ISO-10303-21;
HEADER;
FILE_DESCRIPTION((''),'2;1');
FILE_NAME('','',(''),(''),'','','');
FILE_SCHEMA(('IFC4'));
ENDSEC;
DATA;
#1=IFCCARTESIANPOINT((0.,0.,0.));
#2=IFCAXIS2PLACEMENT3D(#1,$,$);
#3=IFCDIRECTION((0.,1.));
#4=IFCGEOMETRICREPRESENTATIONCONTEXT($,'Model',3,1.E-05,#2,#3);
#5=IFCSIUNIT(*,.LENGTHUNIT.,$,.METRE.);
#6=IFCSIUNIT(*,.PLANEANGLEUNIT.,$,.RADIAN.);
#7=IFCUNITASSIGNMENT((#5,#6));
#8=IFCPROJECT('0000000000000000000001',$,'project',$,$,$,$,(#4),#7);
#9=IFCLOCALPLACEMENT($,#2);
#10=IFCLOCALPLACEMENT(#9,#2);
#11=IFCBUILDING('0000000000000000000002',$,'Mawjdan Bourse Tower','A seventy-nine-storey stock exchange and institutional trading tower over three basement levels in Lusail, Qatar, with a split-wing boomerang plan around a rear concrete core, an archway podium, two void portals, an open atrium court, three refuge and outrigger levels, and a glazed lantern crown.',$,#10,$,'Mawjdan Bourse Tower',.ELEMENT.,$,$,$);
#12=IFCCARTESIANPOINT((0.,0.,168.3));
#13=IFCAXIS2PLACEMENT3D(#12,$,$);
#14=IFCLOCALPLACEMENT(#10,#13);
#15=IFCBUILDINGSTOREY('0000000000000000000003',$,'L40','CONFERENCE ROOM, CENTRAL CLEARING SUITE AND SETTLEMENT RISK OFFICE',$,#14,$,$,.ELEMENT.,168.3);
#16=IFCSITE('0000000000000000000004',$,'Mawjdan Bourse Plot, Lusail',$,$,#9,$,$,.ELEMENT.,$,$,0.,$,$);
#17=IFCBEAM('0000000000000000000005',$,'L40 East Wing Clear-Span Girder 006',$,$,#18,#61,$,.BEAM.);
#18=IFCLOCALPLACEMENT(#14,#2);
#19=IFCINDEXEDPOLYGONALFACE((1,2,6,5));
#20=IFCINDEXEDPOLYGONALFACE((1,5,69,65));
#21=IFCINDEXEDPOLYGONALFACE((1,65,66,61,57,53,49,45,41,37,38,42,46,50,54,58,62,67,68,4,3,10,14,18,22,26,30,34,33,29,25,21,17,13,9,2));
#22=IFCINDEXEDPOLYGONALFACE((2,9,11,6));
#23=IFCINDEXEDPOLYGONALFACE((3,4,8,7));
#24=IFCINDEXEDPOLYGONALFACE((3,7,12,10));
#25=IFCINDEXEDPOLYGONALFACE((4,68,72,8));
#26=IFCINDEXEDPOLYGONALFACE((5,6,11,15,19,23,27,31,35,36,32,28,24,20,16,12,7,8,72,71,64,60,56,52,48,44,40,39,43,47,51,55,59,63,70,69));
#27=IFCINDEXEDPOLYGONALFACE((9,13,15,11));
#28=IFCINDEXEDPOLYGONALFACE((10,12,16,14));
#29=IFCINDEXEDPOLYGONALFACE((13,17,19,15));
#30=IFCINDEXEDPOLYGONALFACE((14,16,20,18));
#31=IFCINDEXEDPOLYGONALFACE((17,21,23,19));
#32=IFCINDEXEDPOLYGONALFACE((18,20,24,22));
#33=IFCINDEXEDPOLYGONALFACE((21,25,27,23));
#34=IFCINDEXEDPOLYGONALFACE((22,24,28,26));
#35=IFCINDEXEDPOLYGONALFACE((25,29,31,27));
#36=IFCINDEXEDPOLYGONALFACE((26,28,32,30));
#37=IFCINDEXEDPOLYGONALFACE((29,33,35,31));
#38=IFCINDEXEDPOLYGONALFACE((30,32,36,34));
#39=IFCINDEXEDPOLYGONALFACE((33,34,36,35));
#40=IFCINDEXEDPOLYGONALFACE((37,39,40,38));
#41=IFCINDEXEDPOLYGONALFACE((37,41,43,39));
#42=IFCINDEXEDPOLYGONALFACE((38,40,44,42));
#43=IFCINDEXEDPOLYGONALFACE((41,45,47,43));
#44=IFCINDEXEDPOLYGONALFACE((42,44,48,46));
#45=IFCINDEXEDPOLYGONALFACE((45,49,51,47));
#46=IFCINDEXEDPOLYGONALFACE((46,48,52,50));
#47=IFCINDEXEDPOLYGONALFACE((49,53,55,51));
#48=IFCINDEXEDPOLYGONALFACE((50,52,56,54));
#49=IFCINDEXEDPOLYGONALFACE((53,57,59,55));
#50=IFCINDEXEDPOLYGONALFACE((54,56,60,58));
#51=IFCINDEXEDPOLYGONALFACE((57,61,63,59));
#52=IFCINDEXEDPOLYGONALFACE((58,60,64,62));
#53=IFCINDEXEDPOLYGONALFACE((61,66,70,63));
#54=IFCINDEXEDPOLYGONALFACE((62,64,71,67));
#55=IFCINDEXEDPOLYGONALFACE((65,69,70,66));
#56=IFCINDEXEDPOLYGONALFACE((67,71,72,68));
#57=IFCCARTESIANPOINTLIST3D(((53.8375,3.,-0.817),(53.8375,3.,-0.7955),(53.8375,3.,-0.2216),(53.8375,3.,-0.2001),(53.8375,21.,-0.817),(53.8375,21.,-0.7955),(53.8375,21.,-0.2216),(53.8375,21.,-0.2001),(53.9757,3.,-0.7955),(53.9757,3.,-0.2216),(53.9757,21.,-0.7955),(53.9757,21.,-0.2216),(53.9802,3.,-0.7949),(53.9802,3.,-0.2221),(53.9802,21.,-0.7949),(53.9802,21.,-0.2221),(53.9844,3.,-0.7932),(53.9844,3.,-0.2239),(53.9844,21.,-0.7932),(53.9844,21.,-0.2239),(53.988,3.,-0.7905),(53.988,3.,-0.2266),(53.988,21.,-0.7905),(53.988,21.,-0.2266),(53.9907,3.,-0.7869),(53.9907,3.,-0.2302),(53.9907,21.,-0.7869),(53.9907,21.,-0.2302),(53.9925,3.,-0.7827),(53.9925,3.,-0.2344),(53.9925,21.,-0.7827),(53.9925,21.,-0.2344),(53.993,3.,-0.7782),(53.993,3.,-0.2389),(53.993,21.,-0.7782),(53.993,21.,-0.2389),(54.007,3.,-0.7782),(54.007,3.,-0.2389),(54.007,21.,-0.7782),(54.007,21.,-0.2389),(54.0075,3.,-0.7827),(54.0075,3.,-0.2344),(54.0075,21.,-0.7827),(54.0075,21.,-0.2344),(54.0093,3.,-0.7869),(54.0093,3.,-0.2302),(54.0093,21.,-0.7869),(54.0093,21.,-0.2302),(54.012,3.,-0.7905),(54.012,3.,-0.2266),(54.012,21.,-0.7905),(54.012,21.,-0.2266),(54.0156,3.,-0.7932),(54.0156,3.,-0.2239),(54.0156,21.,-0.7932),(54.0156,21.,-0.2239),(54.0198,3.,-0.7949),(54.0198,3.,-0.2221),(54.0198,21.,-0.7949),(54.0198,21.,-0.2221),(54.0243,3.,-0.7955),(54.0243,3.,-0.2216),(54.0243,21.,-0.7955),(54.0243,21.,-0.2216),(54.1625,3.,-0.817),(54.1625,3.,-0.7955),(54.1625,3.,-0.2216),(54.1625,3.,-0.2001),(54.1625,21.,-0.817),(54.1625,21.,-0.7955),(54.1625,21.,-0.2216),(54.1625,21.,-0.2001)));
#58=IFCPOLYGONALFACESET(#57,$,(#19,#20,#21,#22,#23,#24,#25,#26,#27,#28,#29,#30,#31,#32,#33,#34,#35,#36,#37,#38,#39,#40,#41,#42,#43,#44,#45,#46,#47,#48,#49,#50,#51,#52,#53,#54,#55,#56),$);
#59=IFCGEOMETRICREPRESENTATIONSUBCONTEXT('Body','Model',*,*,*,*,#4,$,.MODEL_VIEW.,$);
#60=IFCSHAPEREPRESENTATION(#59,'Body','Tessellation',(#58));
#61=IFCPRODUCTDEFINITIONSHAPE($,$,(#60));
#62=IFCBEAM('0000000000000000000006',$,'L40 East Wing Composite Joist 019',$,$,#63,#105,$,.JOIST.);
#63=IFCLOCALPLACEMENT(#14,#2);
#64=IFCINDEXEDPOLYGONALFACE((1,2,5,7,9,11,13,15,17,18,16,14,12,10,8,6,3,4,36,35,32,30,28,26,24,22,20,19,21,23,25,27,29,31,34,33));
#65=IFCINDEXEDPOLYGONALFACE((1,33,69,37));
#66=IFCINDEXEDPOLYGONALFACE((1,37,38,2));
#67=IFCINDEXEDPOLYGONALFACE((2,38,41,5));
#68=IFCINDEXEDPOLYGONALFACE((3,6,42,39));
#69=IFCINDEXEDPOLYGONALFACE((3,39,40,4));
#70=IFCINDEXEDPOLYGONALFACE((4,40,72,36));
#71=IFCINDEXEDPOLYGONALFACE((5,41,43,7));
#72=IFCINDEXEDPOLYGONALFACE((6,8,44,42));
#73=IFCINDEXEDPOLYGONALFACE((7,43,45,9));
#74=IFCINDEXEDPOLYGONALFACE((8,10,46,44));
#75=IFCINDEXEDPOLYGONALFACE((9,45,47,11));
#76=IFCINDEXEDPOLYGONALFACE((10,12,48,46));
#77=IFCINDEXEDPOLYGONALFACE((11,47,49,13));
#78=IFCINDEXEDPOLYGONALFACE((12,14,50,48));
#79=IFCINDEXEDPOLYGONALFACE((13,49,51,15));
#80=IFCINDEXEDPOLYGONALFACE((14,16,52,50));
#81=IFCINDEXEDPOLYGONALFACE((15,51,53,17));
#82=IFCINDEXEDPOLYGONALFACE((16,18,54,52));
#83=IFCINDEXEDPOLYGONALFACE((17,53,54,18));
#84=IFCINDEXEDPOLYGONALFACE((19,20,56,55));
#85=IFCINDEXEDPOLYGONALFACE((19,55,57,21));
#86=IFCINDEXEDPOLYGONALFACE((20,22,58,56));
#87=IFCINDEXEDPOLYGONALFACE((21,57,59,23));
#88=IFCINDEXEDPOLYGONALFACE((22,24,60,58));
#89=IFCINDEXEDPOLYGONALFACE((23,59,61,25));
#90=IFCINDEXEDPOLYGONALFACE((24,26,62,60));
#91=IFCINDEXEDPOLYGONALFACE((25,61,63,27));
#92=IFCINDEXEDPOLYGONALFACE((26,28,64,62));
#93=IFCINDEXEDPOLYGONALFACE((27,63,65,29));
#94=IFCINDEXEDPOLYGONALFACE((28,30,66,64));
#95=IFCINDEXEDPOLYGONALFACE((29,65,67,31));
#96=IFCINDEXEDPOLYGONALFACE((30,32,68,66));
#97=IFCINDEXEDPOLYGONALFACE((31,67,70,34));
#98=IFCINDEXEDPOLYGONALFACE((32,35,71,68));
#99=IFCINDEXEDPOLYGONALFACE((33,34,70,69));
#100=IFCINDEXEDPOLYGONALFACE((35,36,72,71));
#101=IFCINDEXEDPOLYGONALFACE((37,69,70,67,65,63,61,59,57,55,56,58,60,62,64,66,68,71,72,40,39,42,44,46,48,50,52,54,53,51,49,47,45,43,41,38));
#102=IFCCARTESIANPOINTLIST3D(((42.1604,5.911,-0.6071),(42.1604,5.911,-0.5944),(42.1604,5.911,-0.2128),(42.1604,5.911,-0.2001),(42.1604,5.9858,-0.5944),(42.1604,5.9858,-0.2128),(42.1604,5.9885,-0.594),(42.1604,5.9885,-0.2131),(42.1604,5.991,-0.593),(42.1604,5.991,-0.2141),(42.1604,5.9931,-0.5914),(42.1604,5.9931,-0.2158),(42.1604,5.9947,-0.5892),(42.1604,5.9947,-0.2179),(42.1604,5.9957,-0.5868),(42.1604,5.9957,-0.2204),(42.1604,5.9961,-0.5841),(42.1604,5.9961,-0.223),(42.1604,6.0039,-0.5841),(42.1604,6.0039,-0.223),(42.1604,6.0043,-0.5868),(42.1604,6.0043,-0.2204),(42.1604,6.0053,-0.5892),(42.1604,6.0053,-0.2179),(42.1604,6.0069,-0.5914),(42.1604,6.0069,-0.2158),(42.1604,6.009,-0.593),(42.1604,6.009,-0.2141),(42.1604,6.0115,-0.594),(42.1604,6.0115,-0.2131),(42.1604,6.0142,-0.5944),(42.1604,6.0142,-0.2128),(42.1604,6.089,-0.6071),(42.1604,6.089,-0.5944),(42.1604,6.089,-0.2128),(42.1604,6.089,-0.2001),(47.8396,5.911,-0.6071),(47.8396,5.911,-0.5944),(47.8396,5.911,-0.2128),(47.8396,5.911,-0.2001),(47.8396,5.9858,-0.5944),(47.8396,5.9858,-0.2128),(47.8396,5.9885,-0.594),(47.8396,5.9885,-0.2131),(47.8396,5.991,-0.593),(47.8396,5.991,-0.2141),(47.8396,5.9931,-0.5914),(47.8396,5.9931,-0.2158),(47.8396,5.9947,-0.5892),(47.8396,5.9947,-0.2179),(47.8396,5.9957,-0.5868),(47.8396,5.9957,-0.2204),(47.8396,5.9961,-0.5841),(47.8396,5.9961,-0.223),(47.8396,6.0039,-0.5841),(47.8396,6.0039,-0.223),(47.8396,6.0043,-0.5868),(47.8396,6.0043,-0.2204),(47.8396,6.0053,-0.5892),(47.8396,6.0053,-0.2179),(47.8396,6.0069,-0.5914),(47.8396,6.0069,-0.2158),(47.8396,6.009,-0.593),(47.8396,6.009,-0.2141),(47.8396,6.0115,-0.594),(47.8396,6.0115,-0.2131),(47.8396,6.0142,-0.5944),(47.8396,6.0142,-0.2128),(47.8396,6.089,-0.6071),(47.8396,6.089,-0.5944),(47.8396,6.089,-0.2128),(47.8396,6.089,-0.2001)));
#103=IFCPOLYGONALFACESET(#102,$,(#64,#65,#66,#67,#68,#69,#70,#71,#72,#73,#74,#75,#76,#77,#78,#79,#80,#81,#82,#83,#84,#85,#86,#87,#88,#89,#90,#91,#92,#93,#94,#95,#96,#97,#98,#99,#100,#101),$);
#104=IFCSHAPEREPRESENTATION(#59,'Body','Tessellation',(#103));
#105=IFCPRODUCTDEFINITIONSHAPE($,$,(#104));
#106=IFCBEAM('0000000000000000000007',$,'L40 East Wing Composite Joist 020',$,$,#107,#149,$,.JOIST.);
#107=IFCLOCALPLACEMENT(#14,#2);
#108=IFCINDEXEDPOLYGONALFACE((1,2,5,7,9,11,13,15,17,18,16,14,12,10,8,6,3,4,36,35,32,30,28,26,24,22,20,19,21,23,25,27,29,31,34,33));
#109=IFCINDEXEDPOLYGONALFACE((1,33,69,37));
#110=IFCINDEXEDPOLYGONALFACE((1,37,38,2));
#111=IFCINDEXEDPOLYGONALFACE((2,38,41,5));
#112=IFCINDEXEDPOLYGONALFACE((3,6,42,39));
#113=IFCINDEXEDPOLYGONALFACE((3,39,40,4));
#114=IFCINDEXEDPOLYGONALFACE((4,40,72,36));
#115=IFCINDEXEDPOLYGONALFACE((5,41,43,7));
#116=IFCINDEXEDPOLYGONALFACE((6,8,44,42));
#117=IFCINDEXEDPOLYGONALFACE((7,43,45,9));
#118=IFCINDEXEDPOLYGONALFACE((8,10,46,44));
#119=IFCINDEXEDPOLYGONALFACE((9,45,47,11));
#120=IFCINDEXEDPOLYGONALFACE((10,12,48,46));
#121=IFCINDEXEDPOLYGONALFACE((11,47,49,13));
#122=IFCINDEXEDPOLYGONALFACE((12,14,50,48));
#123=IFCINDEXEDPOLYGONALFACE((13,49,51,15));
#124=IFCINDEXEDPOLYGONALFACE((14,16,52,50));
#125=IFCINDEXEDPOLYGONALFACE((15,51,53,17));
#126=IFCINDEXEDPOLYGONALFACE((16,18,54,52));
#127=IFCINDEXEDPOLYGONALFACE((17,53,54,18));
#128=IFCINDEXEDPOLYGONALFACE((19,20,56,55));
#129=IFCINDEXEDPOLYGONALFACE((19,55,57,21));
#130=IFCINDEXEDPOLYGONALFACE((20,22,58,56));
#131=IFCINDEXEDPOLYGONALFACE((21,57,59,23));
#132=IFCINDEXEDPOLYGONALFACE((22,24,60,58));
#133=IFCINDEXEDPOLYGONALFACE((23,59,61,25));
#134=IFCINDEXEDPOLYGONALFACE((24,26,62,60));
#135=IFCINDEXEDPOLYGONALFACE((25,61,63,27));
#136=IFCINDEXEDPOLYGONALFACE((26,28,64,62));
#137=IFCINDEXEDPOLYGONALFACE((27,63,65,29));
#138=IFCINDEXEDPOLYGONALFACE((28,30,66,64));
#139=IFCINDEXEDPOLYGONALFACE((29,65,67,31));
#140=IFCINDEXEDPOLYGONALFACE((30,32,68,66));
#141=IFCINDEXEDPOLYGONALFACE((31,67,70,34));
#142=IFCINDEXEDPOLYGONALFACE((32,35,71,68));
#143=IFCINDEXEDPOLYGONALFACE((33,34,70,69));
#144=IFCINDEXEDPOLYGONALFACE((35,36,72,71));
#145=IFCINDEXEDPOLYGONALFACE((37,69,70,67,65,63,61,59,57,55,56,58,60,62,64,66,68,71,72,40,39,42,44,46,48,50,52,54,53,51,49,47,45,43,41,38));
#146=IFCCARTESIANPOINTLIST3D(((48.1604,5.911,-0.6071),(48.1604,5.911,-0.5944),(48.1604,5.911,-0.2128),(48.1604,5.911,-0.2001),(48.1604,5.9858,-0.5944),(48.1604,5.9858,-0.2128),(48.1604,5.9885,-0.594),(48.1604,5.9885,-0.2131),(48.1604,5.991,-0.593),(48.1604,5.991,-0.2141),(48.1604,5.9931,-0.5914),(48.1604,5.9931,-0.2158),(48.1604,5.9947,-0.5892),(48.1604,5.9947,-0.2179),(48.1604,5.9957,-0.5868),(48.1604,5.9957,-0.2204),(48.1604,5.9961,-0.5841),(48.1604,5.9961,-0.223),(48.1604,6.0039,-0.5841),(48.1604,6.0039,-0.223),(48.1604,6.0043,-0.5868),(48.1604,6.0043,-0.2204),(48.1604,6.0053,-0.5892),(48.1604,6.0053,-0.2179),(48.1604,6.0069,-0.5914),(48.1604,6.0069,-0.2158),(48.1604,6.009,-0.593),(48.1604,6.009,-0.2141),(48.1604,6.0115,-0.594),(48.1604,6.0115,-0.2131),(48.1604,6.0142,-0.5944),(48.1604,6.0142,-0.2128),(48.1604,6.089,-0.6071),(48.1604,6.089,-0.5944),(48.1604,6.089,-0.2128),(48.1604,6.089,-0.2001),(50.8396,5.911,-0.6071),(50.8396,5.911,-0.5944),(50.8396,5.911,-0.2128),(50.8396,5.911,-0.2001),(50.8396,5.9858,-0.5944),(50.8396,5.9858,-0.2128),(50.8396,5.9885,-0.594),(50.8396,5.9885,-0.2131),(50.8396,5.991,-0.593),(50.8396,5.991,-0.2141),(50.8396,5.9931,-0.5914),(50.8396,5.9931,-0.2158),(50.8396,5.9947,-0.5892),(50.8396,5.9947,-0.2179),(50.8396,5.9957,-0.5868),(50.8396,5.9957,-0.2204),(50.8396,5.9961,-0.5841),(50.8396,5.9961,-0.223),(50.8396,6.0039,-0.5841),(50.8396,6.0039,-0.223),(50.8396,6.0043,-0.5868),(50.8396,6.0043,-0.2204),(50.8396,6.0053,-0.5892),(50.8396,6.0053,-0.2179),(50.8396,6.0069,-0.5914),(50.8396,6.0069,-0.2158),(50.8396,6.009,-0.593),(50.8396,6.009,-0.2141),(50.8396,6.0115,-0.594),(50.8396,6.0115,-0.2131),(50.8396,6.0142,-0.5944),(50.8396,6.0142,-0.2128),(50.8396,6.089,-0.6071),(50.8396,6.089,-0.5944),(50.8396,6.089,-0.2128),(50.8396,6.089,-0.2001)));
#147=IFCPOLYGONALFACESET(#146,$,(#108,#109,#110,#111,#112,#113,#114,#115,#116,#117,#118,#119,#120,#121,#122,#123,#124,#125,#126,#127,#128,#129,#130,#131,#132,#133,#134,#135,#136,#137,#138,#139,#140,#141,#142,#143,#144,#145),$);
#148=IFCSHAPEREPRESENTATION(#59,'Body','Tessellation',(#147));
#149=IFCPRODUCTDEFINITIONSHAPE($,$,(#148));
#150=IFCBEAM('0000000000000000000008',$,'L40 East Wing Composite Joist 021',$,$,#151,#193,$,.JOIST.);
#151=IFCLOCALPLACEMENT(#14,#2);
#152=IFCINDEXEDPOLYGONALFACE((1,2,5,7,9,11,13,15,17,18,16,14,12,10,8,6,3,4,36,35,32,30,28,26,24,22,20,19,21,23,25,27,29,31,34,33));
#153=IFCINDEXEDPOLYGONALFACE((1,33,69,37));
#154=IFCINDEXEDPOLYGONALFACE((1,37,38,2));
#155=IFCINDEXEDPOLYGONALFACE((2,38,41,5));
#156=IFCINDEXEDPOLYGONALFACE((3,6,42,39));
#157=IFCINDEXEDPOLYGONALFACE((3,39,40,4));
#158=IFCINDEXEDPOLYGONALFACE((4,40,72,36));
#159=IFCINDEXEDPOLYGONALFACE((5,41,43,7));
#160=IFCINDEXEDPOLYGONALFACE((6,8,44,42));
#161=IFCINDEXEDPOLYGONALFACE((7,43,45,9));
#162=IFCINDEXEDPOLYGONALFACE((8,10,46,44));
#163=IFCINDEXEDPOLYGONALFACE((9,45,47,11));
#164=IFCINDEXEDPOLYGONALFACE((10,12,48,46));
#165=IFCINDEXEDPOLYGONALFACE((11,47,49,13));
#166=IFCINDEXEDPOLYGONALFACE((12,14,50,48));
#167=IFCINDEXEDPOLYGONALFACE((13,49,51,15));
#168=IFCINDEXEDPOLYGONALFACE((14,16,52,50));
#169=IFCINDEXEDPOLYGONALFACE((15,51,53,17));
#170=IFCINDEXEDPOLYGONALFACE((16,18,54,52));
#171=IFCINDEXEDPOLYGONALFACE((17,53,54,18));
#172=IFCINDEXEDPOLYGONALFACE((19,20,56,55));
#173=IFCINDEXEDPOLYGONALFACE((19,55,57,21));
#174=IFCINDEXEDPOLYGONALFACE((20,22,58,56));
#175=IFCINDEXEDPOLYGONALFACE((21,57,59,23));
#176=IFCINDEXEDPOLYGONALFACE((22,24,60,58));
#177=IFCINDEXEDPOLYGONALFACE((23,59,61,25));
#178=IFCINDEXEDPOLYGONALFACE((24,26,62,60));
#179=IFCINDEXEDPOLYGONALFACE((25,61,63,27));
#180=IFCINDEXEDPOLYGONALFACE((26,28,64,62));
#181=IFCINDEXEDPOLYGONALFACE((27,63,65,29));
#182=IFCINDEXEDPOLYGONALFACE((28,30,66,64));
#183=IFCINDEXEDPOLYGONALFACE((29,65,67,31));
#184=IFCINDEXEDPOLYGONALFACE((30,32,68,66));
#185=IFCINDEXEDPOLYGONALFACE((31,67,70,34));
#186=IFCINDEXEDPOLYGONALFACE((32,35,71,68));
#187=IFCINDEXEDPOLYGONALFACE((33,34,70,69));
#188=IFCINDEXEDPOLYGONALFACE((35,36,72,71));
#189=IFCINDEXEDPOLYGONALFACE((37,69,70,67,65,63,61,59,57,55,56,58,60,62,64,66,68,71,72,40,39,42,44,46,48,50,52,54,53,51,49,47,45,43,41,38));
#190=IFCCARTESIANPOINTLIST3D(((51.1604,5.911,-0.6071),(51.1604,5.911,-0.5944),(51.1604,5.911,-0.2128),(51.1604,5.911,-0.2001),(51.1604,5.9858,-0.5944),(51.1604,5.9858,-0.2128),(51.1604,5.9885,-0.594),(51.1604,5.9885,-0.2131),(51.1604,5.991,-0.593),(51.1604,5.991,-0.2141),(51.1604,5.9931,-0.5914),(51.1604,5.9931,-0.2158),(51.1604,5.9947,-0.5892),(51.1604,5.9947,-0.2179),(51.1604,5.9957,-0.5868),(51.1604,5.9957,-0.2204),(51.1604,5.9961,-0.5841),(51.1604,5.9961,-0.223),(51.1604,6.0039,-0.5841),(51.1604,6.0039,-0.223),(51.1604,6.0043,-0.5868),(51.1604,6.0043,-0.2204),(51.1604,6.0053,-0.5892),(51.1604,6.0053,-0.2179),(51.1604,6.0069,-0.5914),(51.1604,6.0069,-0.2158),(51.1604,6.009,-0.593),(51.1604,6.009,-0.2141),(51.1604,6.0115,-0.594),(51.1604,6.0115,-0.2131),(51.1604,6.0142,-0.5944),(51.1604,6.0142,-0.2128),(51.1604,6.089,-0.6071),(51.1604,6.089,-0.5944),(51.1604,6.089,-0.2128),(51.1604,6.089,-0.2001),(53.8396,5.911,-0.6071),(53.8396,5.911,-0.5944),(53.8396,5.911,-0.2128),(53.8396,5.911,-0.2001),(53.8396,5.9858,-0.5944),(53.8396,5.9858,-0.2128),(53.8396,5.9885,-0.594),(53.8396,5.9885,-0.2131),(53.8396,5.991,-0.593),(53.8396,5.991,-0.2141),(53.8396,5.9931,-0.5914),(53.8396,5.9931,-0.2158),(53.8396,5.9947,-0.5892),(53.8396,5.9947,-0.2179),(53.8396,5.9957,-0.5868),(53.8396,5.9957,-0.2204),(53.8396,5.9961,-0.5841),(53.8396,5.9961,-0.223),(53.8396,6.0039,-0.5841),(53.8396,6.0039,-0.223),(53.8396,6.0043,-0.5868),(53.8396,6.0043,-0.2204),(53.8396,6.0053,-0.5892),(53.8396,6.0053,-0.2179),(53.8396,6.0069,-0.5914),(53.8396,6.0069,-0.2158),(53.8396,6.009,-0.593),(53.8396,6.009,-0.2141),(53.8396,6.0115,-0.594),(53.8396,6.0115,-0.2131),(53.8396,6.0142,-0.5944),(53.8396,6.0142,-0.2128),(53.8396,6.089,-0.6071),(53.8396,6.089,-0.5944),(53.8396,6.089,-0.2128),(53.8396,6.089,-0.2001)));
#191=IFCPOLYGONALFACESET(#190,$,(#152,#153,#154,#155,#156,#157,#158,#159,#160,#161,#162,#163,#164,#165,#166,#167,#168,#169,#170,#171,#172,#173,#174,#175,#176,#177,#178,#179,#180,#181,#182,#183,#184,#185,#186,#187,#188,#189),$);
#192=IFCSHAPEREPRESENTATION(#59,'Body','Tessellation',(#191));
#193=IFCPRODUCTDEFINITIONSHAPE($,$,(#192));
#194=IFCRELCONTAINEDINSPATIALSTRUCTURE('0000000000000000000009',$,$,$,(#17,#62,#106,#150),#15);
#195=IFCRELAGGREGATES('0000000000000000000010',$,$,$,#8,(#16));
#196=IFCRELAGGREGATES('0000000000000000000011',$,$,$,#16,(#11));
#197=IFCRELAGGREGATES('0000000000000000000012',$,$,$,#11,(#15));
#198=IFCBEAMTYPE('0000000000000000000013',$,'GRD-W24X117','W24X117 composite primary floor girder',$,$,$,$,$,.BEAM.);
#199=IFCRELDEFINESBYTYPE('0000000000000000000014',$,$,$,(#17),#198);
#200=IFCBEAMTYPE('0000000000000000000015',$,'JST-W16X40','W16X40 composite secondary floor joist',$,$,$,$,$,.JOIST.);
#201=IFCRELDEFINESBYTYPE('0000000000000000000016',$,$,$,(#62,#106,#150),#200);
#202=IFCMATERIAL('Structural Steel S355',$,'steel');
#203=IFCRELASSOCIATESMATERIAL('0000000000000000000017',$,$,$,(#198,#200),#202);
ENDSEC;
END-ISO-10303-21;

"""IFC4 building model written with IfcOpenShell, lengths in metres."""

from ifc_helpers import new_model, si_unit, direction, frame, origin, origin_2d, place, context, subcontext, project, spatial, i_section, extrude, material, material_profile, profile_set, type_object, element, save


model = new_model("IFC4")

# Units and contexts
model_context = context("Model", 3, precision=1e-05, world=origin(), true_north=direction((0.0, 1.0)))
body_context = subcontext(model_context, "Body", "Model", "MODEL_VIEW")
ifc_project = project(units=[si_unit("LENGTHUNIT", "METRE"), si_unit("PLANEANGLEUNIT", "RADIAN")], contexts=[model_context])

# Site, building, storey
site_placement = place(None, origin())
site = spatial("IfcSite", under=ifc_project, at=site_placement, Name="Mawjdan Bourse Plot, Lusail", CompositionType="ELEMENT", RefElevation=0.0)
building_placement = place(site_placement, origin())
building = spatial("IfcBuilding", under=site, at=building_placement, Name="Mawjdan Bourse Tower", Description="A seventy-nine-storey stock exchange and institutional trading tower over three basement levels in Lusail, Qatar, with a split-wing boomerang plan around a rear concrete core, an archway podium, two void portals, an open atrium court, three refuge and outrigger levels, and a glazed lantern crown.", LongName="Mawjdan Bourse Tower", CompositionType="ELEMENT")
storey_placement = place(building_placement, frame((0.0, 0.0, 168.3)))
storey = spatial("IfcBuildingStorey", under=building, at=storey_placement, Name="L40", Description="CONFERENCE ROOM, CENTRAL CLEARING SUITE AND SETTLEMENT RISK OFFICE", CompositionType="ELEMENT", Elevation=168.3)

# Beams
ifc_material_1 = material(Name="Structural Steel S355", Category="steel")
ifc_material_profile_1 = material_profile(ifc_material_1, i_section(OverallWidth=0.325, OverallDepth=0.6169, WebThickness=0.0139, FlangeThickness=0.0215, FilletRadius=0.0173, at=origin_2d()), Name="W24X117")
ifc_profile_set_1 = profile_set([ifc_material_profile_1], Name="Structural Steel S355")
beam_type_1 = type_object("IfcBeamType", Name="GRD-W24X117", Description="W24X117 composite primary floor girder", PredefinedType="BEAM", material=ifc_profile_set_1)
for number, where, z_axis, x_axis, name in (
    (1, (54.0, 3.0, -0.5085), (0.0, 1.0, 0.0), (-1.0, 0.0, 0.0), "L40 East Wing Clear-Span Girder 006"),
):
    element("IfcBeam", number, at=place(storey_placement, frame(where, z_axis=z_axis, x_axis=x_axis)), inside=storey, type_object=beam_type_1, Name=name, PredefinedType="BEAM", context=body_context, shape_type="SweptSolid", body=[
        extrude(i_section(OverallWidth=0.325, OverallDepth=0.6169, WebThickness=0.0139, FlangeThickness=0.0215, FilletRadius=0.0173, at=origin_2d()), origin(), (0.0, 0.0, 1.0), 18.0),
    ])
ifc_material_profile_2 = material_profile(ifc_material_1, i_section(OverallWidth=0.178, OverallDepth=0.407, WebThickness=0.0078, FlangeThickness=0.0127, FilletRadius=0.0103, at=origin_2d()), Name="W16X40")
ifc_profile_set_2 = profile_set([ifc_material_profile_2], Name="Structural Steel S355")
beam_type_2 = type_object("IfcBeamType", Name="JST-W16X40", Description="W16X40 composite secondary floor joist", PredefinedType="JOIST", material=ifc_profile_set_2)
beam_1_placement = place(storey_placement, frame((42.1604, 6.0, -0.4036), z_axis=(1.0, 0.0, 0.0), x_axis=(0.0, 1.0, 0.0)))
element("IfcBeam", 2, at=beam_1_placement, inside=storey, type_object=beam_type_2, Name="L40 East Wing Composite Joist 019", PredefinedType="JOIST", context=body_context, shape_type="SweptSolid", body=[
    extrude(i_section(OverallWidth=0.178, OverallDepth=0.407, WebThickness=0.0078, FlangeThickness=0.0127, FilletRadius=0.0103, at=origin_2d()), origin(), (0.0, 0.0, 1.0), 5.6792),
])
for number, where, z_axis, x_axis, name in (
    (3, (48.1604, 6.0, -0.4036), (1.0, 0.0, 0.0), (0.0, 1.0, 0.0), "L40 East Wing Composite Joist 020"),
    (4, (51.1604, 6.0, -0.4036), (1.0, 0.0, 0.0), (0.0, 1.0, 0.0), "L40 East Wing Composite Joist 021"),
):
    element("IfcBeam", number, at=place(storey_placement, frame(where, z_axis=z_axis, x_axis=x_axis)), inside=storey, type_object=beam_type_2, Name=name, PredefinedType="JOIST", context=body_context, shape_type="SweptSolid", body=[
        extrude(i_section(OverallWidth=0.178, OverallDepth=0.407, WebThickness=0.0078, FlangeThickness=0.0127, FilletRadius=0.0103, at=origin_2d()), origin(), (0.0, 0.0, 1.0), 2.6792),
    ])

save(model, "model.ifc")
